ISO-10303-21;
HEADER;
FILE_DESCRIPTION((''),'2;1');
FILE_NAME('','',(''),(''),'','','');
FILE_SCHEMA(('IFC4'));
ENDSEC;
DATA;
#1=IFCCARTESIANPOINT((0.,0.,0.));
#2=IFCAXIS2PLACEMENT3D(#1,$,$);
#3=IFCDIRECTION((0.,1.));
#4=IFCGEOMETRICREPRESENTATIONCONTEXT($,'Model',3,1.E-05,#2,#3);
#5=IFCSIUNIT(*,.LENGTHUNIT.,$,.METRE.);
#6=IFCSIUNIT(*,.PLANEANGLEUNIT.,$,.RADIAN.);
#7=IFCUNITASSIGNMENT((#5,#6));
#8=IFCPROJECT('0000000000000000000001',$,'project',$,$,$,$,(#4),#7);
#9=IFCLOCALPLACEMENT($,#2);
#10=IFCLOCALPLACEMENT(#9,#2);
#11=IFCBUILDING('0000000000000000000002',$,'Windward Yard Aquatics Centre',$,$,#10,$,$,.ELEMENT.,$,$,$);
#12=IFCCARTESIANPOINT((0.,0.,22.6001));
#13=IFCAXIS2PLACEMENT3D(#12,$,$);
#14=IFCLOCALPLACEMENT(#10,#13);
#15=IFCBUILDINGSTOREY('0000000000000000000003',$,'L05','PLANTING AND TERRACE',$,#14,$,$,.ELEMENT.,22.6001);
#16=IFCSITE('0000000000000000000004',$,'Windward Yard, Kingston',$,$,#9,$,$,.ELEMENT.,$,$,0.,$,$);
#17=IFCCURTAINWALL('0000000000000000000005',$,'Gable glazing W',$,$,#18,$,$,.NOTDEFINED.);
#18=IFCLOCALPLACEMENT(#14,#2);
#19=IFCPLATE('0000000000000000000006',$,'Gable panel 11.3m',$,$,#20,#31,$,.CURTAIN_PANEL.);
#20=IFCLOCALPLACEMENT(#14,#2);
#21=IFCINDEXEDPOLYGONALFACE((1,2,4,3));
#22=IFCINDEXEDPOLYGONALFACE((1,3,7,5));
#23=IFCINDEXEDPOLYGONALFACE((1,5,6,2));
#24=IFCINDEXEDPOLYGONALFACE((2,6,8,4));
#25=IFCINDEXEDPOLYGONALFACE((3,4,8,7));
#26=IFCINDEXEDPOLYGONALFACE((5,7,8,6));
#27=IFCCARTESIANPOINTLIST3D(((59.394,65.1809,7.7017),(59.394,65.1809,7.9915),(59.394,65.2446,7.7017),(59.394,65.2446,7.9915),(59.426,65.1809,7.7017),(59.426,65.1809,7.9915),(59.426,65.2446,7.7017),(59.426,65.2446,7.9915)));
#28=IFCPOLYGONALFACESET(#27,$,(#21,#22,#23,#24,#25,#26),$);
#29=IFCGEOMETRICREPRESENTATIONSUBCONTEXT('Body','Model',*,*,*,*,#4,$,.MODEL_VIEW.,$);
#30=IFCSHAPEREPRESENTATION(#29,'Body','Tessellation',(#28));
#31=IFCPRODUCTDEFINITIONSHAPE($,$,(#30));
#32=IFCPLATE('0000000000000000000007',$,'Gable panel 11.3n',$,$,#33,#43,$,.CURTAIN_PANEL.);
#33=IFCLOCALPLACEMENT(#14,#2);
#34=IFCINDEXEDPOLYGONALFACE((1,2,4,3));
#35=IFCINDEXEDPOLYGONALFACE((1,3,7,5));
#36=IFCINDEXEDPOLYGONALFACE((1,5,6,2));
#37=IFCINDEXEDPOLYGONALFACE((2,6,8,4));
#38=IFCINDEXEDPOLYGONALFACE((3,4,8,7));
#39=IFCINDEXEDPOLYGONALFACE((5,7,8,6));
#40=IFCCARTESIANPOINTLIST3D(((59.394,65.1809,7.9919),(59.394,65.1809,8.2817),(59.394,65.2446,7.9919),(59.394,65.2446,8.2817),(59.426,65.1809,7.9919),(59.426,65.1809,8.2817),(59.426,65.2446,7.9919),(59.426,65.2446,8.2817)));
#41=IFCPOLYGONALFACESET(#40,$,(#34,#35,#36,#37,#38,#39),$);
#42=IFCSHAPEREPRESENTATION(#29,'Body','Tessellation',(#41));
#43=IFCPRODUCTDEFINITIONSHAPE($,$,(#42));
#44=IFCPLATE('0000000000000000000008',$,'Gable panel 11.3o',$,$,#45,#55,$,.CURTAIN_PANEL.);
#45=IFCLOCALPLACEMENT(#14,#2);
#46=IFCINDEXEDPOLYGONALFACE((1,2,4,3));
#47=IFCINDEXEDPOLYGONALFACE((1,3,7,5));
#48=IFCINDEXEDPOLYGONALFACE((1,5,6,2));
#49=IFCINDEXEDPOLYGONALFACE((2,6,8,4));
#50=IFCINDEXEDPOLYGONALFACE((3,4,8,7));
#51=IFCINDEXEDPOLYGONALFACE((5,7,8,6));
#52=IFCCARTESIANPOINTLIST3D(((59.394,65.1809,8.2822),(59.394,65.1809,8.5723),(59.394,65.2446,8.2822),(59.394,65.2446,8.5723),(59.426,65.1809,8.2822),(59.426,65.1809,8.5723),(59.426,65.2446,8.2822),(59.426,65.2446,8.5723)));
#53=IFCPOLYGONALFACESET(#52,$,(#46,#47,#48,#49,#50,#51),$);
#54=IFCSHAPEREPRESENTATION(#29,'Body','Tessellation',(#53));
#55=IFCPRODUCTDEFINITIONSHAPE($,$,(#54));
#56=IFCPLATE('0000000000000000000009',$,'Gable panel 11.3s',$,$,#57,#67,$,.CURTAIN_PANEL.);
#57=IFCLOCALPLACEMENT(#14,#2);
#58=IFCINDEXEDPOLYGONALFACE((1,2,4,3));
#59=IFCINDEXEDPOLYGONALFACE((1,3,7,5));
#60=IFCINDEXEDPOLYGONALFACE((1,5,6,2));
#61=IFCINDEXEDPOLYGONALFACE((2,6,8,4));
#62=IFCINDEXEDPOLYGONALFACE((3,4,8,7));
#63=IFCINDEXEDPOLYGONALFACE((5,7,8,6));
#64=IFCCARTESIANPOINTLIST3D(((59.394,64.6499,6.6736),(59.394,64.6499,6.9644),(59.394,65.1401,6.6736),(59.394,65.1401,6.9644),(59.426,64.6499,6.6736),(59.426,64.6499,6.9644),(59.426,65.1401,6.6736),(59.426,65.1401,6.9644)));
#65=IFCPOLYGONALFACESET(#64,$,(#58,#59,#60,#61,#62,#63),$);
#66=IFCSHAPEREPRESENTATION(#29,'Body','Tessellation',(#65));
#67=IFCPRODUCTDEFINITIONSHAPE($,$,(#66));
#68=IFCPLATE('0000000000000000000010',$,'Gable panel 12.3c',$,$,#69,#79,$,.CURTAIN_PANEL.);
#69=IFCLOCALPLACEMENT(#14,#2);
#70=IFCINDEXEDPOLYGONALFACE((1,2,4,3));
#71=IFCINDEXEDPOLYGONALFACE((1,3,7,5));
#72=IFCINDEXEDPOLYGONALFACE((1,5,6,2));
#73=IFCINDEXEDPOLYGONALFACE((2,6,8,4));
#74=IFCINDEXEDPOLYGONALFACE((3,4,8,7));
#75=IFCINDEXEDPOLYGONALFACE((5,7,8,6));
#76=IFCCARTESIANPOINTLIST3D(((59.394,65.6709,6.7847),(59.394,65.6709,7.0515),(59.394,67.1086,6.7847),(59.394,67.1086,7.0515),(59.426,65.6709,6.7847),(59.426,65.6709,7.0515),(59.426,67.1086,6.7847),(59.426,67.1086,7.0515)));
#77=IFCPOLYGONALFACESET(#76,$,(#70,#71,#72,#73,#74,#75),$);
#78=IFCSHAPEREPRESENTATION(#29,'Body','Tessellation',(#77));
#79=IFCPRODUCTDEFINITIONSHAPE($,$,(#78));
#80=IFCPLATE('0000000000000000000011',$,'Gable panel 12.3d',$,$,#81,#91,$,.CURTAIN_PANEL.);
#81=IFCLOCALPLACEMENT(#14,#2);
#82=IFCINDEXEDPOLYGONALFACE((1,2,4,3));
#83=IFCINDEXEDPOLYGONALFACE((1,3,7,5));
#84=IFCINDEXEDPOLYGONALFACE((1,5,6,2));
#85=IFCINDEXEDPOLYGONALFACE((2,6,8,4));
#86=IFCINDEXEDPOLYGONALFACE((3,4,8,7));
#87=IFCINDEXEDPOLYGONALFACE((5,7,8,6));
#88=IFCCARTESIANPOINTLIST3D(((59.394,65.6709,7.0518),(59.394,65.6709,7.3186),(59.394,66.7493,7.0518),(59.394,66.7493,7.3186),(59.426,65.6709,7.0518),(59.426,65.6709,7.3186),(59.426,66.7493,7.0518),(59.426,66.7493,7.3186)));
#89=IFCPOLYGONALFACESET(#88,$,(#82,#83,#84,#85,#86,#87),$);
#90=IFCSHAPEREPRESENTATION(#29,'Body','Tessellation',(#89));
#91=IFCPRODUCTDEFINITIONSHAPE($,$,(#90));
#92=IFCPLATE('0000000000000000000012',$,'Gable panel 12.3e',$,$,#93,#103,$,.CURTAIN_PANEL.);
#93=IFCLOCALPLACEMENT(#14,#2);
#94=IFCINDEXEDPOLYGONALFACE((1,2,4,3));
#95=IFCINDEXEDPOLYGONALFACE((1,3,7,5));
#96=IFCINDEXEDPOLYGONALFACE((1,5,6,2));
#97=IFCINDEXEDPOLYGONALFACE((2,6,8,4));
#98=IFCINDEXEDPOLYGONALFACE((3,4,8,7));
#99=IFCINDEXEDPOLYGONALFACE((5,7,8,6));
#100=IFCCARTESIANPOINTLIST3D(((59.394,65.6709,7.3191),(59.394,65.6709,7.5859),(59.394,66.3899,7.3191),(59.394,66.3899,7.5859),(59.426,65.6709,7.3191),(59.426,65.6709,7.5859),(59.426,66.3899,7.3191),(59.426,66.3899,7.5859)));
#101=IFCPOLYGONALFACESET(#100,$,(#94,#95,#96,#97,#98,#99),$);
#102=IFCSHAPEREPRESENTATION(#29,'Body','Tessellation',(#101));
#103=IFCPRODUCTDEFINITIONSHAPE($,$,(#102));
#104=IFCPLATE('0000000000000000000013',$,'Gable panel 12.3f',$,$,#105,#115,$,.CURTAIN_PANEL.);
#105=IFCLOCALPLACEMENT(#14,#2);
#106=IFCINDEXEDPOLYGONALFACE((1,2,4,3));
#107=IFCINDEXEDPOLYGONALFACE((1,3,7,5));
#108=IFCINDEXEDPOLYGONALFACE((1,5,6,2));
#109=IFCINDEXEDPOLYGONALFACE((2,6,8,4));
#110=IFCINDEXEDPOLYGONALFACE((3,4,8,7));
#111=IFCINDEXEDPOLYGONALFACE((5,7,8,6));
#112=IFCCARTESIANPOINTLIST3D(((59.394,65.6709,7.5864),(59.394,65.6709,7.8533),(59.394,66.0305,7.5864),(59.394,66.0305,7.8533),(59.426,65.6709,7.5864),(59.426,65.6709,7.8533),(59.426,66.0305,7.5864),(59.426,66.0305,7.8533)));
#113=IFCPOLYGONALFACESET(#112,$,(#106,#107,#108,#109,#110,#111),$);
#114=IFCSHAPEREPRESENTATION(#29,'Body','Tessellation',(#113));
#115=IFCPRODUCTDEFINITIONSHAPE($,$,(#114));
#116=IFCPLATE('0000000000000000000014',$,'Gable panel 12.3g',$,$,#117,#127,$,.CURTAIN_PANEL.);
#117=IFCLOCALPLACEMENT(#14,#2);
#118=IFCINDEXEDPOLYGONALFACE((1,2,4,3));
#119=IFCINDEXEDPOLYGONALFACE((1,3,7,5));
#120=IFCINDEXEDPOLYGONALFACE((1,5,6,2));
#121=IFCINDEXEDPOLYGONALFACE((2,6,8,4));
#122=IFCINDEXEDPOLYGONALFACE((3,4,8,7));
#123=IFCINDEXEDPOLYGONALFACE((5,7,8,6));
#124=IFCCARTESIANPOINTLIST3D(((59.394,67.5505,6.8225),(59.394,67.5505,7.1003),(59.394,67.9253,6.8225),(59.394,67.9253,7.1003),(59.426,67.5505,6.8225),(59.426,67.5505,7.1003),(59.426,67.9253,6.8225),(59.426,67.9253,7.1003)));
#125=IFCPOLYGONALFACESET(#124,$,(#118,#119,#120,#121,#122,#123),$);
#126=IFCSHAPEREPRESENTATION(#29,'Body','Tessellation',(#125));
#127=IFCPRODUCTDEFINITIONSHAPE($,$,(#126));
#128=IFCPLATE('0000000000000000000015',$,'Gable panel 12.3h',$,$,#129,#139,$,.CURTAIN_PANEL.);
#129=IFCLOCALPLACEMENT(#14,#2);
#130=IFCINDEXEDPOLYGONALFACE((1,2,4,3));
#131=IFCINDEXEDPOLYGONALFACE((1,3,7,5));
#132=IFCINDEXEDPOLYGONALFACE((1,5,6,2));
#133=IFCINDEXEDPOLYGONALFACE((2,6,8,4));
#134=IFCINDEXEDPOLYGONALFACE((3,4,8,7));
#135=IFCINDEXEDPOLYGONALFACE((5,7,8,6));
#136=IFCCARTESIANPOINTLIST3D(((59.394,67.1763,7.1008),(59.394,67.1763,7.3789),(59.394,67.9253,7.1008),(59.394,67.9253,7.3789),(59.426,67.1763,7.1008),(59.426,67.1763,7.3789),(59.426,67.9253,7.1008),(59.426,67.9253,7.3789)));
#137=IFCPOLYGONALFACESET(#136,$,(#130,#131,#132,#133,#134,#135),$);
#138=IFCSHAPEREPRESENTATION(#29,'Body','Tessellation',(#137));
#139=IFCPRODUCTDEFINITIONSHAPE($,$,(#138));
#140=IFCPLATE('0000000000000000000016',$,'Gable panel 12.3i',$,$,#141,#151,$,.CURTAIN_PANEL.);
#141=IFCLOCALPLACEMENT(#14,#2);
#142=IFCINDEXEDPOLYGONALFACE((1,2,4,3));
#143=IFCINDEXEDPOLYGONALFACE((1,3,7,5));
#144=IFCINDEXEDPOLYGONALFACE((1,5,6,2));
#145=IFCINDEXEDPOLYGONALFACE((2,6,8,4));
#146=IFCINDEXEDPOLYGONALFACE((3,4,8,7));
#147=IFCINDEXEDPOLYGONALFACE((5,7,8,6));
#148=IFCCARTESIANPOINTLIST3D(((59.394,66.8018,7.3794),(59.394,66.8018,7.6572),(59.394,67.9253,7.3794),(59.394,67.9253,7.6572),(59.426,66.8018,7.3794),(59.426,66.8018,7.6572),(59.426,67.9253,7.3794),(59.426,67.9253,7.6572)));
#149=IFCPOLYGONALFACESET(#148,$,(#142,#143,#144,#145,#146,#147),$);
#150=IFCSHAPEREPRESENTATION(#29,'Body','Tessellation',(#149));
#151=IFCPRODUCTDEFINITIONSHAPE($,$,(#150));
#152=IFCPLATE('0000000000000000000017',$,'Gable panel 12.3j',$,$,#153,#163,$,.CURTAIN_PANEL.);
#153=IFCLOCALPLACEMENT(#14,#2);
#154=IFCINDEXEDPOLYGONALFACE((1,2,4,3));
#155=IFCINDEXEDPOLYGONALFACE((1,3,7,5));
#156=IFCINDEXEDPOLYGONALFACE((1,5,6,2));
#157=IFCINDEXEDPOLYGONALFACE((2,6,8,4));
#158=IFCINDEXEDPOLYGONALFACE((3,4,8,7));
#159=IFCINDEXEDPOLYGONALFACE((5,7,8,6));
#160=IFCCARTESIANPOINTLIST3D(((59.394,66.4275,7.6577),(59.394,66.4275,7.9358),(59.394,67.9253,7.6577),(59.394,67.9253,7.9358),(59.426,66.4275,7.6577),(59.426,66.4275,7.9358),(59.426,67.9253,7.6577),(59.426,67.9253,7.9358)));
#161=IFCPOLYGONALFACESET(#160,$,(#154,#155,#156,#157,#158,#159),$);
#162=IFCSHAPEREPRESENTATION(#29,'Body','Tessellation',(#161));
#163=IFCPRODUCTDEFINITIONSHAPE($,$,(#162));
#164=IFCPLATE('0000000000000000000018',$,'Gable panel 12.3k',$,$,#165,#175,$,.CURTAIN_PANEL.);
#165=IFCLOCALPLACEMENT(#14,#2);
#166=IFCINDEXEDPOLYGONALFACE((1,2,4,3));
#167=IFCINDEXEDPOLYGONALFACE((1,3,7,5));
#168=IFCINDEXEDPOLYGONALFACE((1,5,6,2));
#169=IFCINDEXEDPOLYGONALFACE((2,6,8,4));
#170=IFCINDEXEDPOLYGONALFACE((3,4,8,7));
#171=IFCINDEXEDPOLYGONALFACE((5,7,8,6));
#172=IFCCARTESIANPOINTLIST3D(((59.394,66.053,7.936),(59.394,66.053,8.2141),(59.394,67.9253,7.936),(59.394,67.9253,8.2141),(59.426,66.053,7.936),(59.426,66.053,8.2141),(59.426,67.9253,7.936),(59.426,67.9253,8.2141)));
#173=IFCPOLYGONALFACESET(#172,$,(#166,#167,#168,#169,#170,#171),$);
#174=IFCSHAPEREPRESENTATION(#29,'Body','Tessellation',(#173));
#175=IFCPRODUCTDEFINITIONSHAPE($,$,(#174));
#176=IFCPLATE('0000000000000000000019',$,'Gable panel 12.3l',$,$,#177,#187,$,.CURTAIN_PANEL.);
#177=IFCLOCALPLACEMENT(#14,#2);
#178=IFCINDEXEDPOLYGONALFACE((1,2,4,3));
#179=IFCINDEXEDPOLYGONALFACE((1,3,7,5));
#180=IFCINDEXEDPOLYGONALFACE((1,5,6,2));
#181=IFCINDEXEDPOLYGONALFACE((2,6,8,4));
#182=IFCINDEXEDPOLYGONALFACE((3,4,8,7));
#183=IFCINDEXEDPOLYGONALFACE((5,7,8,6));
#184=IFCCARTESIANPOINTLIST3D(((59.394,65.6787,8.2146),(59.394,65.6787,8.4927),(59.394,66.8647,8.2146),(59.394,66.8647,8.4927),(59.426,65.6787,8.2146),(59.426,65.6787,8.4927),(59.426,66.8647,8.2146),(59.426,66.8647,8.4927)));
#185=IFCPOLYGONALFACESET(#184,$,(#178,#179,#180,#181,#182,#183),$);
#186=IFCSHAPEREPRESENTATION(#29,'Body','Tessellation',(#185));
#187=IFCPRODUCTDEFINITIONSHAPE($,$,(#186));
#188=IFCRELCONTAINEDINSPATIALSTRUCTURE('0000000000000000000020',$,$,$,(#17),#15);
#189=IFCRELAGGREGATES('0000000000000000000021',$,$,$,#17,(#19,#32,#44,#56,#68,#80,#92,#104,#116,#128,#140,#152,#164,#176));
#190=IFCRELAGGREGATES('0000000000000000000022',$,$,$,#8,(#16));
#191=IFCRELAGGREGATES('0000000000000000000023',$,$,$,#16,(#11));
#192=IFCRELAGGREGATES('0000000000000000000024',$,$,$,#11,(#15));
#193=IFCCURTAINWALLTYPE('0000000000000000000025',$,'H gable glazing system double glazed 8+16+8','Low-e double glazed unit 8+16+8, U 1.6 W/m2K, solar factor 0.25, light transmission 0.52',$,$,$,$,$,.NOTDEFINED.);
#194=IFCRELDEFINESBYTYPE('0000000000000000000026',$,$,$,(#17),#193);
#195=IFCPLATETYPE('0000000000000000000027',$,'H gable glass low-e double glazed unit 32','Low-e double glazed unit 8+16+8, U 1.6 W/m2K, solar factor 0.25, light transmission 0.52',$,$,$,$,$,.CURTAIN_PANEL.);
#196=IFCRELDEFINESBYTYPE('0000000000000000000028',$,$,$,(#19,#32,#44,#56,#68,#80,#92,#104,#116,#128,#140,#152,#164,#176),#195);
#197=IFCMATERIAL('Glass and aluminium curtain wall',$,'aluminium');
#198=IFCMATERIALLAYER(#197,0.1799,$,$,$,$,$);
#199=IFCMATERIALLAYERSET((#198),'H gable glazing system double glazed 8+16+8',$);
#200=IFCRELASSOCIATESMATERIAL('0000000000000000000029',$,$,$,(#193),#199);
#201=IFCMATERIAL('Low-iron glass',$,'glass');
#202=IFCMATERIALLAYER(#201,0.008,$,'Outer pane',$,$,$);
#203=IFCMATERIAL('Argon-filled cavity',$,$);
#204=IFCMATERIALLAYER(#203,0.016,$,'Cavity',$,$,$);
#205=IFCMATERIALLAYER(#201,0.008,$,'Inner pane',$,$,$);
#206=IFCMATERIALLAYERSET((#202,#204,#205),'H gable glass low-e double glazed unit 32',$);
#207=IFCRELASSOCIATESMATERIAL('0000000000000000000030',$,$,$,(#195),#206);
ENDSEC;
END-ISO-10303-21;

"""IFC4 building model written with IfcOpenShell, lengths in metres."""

from ifc_helpers import new_model, si_unit, direction, frame, origin, place, context, subcontext, project, spatial, polyline, outline, extrude, material, layer, layer_set, type_object, element, aggregate, save


model = new_model("IFC4")

# Units and contexts
model_context = context("Model", 3, precision=1e-05, world=origin(), true_north=direction((0.0, 1.0)))
body_context = subcontext(model_context, "Body", "Model", "MODEL_VIEW")
ifc_project = project(units=[si_unit("LENGTHUNIT", "METRE"), si_unit("PLANEANGLEUNIT", "RADIAN")], contexts=[model_context])

# Site, building, storey
site_placement = place(None, origin())
site = spatial("IfcSite", under=ifc_project, at=site_placement, Name="Windward Yard, Kingston", CompositionType="ELEMENT", RefElevation=0.0)
building_placement = place(site_placement, origin())
building = spatial("IfcBuilding", under=site, at=building_placement, Name="Windward Yard Aquatics Centre", CompositionType="ELEMENT")
storey_placement = place(building_placement, frame((0.0, 0.0, 22.6001)))
storey = spatial("IfcBuildingStorey", under=building, at=storey_placement, Name="L05", Description="PLANTING AND TERRACE", CompositionType="ELEMENT", Elevation=22.6001)

# Curtain wall, plates
ifc_material_1 = material(Name="Glass and aluminium curtain wall", Category="aluminium")
ifc_layer_1 = layer(ifc_material_1, 0.1799)
ifc_layer_set_1 = layer_set([ifc_layer_1], Name="H gable glazing system double glazed 8+16+8")
curtain_wall_type = type_object("IfcCurtainWallType", Name="H gable glazing system double glazed 8+16+8", Description="Low-e double glazed unit 8+16+8, U 1.6 W/m2K, solar factor 0.25, light transmission 0.52", PredefinedType="NOTDEFINED", material=ifc_layer_set_1)
curtain_wall_placement = place(storey_placement, origin())
curtain_wall = element("IfcCurtainWall", 1, at=curtain_wall_placement, inside=storey, type_object=curtain_wall_type, Name="Gable glazing W", PredefinedType="NOTDEFINED")
ifc_material_2 = material(Name="Low-iron glass", Category="glass")
ifc_layer_2 = layer(ifc_material_2, 0.008, Name="Outer pane")
ifc_material_3 = material(Name="Argon-filled cavity")
ifc_layer_3 = layer(ifc_material_3, 0.016, Name="Cavity")
ifc_layer_4 = layer(ifc_material_2, 0.008, Name="Inner pane")
ifc_layer_set_2 = layer_set([ifc_layer_2, ifc_layer_3, ifc_layer_4], Name="H gable glass low-e double glazed unit 32")
plate_type = type_object("IfcPlateType", Name="H gable glass low-e double glazed unit 32", Description="Low-e double glazed unit 8+16+8, U 1.6 W/m2K, solar factor 0.25, light transmission 0.52", PredefinedType="CURTAIN_PANEL", material=ifc_layer_set_2)
plate_1_placement = place(storey_placement, frame((59.426, 65.1809, 7.7017), z_axis=(1.0, 0.0, 0.0), x_axis=(0.0, 1.0, 0.0)))
plate_1 = element("IfcPlate", 2, at=plate_1_placement, type_object=plate_type, Name="Gable panel 11.3m", PredefinedType="CURTAIN_PANEL", context=body_context, shape_type="SweptSolid", body=[
    extrude(outline(polyline([(0.0, 0.0), (0.0637, 0.0), (0.0637, 0.2898), (0.0, 0.2898), (0.0, 0.0)])), origin(), (0.0, 0.0, -1.0), 0.032),
])
plate_2_placement = place(storey_placement, frame((59.426, 65.1809, 7.9919), z_axis=(1.0, 0.0, 0.0), x_axis=(0.0, 1.0, 0.0)))
plate_2 = element("IfcPlate", 3, at=plate_2_placement, type_object=plate_type, Name="Gable panel 11.3n", PredefinedType="CURTAIN_PANEL", context=body_context, shape_type="SweptSolid", body=[
    extrude(outline(polyline([(0.0, 0.0), (0.0637, 0.0), (0.0637, 0.2898), (0.0, 0.2898), (0.0, 0.0)])), origin(), (0.0, 0.0, -1.0), 0.032),
])
plate_3_placement = place(storey_placement, frame((59.426, 65.1809, 8.2822), z_axis=(1.0, 0.0, 0.0), x_axis=(0.0, 1.0, 0.0)))
plate_3 = element("IfcPlate", 4, at=plate_3_placement, type_object=plate_type, Name="Gable panel 11.3o", PredefinedType="CURTAIN_PANEL", context=body_context, shape_type="SweptSolid", body=[
    extrude(outline(polyline([(0.0, 0.0), (0.0637, 0.0), (0.0637, 0.29), (0.0, 0.29), (0.0, 0.0)])), origin(), (0.0, 0.0, -1.0), 0.032),
])
plate_4_placement = place(storey_placement, frame((59.426, 64.6499, 6.6736), z_axis=(1.0, 0.0, 0.0), x_axis=(0.0, 1.0, 0.0)))
plate_4 = element("IfcPlate", 5, at=plate_4_placement, type_object=plate_type, Name="Gable panel 11.3s", PredefinedType="CURTAIN_PANEL", context=body_context, shape_type="SweptSolid", body=[
    extrude(outline(polyline([(0.0, 0.0), (0.4902, 0.0), (0.4902, 0.2908), (0.0, 0.2908), (0.0, 0.0)])), origin(), (0.0, 0.0, -1.0), 0.032),
])
plate_5_placement = place(storey_placement, frame((59.426, 65.6709, 6.7847), z_axis=(1.0, 0.0, 0.0), x_axis=(0.0, 1.0, 0.0)))
plate_5 = element("IfcPlate", 6, at=plate_5_placement, type_object=plate_type, Name="Gable panel 12.3c", PredefinedType="CURTAIN_PANEL", context=body_context, shape_type="SweptSolid", body=[
    extrude(outline(polyline([(0.0, 0.0), (1.4377, 0.0), (1.4377, 0.2668), (0.0, 0.2668), (0.0, 0.0)])), origin(), (0.0, 0.0, -1.0), 0.032),
])
plate_6_placement = place(storey_placement, frame((59.426, 65.6709, 7.0518), z_axis=(1.0, 0.0, 0.0), x_axis=(0.0, 1.0, 0.0)))
plate_6 = element("IfcPlate", 7, at=plate_6_placement, type_object=plate_type, Name="Gable panel 12.3d", PredefinedType="CURTAIN_PANEL", context=body_context, shape_type="SweptSolid", body=[
    extrude(outline(polyline([(0.0, 0.0), (1.0784, 0.0), (1.0784, 0.2668), (0.0, 0.2668), (0.0, 0.0)])), origin(), (0.0, 0.0, -1.0), 0.032),
])
plate_7_placement = place(storey_placement, frame((59.426, 65.6709, 7.3191), z_axis=(1.0, 0.0, 0.0), x_axis=(0.0, 1.0, 0.0)))
plate_7 = element("IfcPlate", 8, at=plate_7_placement, type_object=plate_type, Name="Gable panel 12.3e", PredefinedType="CURTAIN_PANEL", context=body_context, shape_type="SweptSolid", body=[
    extrude(outline(polyline([(0.0, 0.0), (0.719, 0.0), (0.719, 0.2668), (0.0, 0.2668), (0.0, 0.0)])), origin(), (0.0, 0.0, -1.0), 0.032),
])
plate_8_placement = place(storey_placement, frame((59.426, 65.6709, 7.5864), z_axis=(1.0, 0.0, 0.0), x_axis=(0.0, 1.0, 0.0)))
plate_8 = element("IfcPlate", 9, at=plate_8_placement, type_object=plate_type, Name="Gable panel 12.3f", PredefinedType="CURTAIN_PANEL", context=body_context, shape_type="SweptSolid", body=[
    extrude(outline(polyline([(0.0, 0.0), (0.3596, 0.0), (0.3596, 0.2668), (0.0, 0.2668), (0.0, 0.0)])), origin(), (0.0, 0.0, -1.0), 0.032),
])
plate_9_placement = place(storey_placement, frame((59.426, 67.5505, 6.8225), z_axis=(1.0, 0.0, 0.0), x_axis=(0.0, 1.0, 0.0)))
plate_9 = element("IfcPlate", 10, at=plate_9_placement, type_object=plate_type, Name="Gable panel 12.3g", PredefinedType="CURTAIN_PANEL", context=body_context, shape_type="SweptSolid", body=[
    extrude(outline(polyline([(0.0, 0.0), (0.3748, 0.0), (0.3748, 0.2778), (0.0, 0.2778), (0.0, 0.0)])), origin(), (0.0, 0.0, -1.0), 0.032),
])
plate_10_placement = place(storey_placement, frame((59.426, 67.1763, 7.1008), z_axis=(1.0, 0.0, 0.0), x_axis=(0.0, 1.0, 0.0)))
plate_10 = element("IfcPlate", 11, at=plate_10_placement, type_object=plate_type, Name="Gable panel 12.3h", PredefinedType="CURTAIN_PANEL", context=body_context, shape_type="SweptSolid", body=[
    extrude(outline(polyline([(0.0, 0.0), (0.749, 0.0), (0.749, 0.2781), (0.0, 0.2781), (0.0, 0.0)])), origin(), (0.0, 0.0, -1.0), 0.032),
])
plate_11_placement = place(storey_placement, frame((59.426, 66.8018, 7.3794), z_axis=(1.0, 0.0, 0.0), x_axis=(0.0, 1.0, 0.0)))
plate_11 = element("IfcPlate", 12, at=plate_11_placement, type_object=plate_type, Name="Gable panel 12.3i", PredefinedType="CURTAIN_PANEL", context=body_context, shape_type="SweptSolid", body=[
    extrude(outline(polyline([(0.0, 0.0), (1.1235, 0.0), (1.1235, 0.2778), (0.0, 0.2778), (0.0, 0.0)])), origin(), (0.0, 0.0, -1.0), 0.032),
])
plate_12_placement = place(storey_placement, frame((59.426, 66.4275, 7.6577), z_axis=(1.0, 0.0, 0.0), x_axis=(0.0, 1.0, 0.0)))
plate_12 = element("IfcPlate", 13, at=plate_12_placement, type_object=plate_type, Name="Gable panel 12.3j", PredefinedType="CURTAIN_PANEL", context=body_context, shape_type="SweptSolid", body=[
    extrude(outline(polyline([(0.0, 0.0), (1.4978, 0.0), (1.4978, 0.2781), (0.0, 0.2781), (0.0, 0.0)])), origin(), (0.0, 0.0, -1.0), 0.032),
])
plate_13_placement = place(storey_placement, frame((59.426, 66.053, 7.936), z_axis=(1.0, 0.0, 0.0), x_axis=(0.0, 1.0, 0.0)))
plate_13 = element("IfcPlate", 14, at=plate_13_placement, type_object=plate_type, Name="Gable panel 12.3k", PredefinedType="CURTAIN_PANEL", context=body_context, shape_type="SweptSolid", body=[
    extrude(outline(polyline([(0.0, 0.0), (1.8723, 0.0), (1.8723, 0.2781), (0.0, 0.2781), (0.0, 0.0)])), origin(), (0.0, 0.0, -1.0), 0.032),
])
plate_14_placement = place(storey_placement, frame((59.426, 65.6787, 8.2146), z_axis=(1.0, 0.0, 0.0), x_axis=(0.0, 1.0, 0.0)))
plate_14 = element("IfcPlate", 15, at=plate_14_placement, type_object=plate_type, Name="Gable panel 12.3l", PredefinedType="CURTAIN_PANEL", context=body_context, shape_type="SweptSolid", body=[
    extrude(outline(polyline([(0.0, 0.0), (1.186, 0.0), (1.186, 0.2781), (0.0, 0.2781), (0.0, 0.0)])), origin(), (0.0, 0.0, -1.0), 0.032),
])
aggregate(curtain_wall, [plate_1, plate_2, plate_3, plate_4, plate_5, plate_6, plate_7, plate_8, plate_9, plate_10, plate_11, plate_12, plate_13, plate_14])

save(model, "model.ifc")
